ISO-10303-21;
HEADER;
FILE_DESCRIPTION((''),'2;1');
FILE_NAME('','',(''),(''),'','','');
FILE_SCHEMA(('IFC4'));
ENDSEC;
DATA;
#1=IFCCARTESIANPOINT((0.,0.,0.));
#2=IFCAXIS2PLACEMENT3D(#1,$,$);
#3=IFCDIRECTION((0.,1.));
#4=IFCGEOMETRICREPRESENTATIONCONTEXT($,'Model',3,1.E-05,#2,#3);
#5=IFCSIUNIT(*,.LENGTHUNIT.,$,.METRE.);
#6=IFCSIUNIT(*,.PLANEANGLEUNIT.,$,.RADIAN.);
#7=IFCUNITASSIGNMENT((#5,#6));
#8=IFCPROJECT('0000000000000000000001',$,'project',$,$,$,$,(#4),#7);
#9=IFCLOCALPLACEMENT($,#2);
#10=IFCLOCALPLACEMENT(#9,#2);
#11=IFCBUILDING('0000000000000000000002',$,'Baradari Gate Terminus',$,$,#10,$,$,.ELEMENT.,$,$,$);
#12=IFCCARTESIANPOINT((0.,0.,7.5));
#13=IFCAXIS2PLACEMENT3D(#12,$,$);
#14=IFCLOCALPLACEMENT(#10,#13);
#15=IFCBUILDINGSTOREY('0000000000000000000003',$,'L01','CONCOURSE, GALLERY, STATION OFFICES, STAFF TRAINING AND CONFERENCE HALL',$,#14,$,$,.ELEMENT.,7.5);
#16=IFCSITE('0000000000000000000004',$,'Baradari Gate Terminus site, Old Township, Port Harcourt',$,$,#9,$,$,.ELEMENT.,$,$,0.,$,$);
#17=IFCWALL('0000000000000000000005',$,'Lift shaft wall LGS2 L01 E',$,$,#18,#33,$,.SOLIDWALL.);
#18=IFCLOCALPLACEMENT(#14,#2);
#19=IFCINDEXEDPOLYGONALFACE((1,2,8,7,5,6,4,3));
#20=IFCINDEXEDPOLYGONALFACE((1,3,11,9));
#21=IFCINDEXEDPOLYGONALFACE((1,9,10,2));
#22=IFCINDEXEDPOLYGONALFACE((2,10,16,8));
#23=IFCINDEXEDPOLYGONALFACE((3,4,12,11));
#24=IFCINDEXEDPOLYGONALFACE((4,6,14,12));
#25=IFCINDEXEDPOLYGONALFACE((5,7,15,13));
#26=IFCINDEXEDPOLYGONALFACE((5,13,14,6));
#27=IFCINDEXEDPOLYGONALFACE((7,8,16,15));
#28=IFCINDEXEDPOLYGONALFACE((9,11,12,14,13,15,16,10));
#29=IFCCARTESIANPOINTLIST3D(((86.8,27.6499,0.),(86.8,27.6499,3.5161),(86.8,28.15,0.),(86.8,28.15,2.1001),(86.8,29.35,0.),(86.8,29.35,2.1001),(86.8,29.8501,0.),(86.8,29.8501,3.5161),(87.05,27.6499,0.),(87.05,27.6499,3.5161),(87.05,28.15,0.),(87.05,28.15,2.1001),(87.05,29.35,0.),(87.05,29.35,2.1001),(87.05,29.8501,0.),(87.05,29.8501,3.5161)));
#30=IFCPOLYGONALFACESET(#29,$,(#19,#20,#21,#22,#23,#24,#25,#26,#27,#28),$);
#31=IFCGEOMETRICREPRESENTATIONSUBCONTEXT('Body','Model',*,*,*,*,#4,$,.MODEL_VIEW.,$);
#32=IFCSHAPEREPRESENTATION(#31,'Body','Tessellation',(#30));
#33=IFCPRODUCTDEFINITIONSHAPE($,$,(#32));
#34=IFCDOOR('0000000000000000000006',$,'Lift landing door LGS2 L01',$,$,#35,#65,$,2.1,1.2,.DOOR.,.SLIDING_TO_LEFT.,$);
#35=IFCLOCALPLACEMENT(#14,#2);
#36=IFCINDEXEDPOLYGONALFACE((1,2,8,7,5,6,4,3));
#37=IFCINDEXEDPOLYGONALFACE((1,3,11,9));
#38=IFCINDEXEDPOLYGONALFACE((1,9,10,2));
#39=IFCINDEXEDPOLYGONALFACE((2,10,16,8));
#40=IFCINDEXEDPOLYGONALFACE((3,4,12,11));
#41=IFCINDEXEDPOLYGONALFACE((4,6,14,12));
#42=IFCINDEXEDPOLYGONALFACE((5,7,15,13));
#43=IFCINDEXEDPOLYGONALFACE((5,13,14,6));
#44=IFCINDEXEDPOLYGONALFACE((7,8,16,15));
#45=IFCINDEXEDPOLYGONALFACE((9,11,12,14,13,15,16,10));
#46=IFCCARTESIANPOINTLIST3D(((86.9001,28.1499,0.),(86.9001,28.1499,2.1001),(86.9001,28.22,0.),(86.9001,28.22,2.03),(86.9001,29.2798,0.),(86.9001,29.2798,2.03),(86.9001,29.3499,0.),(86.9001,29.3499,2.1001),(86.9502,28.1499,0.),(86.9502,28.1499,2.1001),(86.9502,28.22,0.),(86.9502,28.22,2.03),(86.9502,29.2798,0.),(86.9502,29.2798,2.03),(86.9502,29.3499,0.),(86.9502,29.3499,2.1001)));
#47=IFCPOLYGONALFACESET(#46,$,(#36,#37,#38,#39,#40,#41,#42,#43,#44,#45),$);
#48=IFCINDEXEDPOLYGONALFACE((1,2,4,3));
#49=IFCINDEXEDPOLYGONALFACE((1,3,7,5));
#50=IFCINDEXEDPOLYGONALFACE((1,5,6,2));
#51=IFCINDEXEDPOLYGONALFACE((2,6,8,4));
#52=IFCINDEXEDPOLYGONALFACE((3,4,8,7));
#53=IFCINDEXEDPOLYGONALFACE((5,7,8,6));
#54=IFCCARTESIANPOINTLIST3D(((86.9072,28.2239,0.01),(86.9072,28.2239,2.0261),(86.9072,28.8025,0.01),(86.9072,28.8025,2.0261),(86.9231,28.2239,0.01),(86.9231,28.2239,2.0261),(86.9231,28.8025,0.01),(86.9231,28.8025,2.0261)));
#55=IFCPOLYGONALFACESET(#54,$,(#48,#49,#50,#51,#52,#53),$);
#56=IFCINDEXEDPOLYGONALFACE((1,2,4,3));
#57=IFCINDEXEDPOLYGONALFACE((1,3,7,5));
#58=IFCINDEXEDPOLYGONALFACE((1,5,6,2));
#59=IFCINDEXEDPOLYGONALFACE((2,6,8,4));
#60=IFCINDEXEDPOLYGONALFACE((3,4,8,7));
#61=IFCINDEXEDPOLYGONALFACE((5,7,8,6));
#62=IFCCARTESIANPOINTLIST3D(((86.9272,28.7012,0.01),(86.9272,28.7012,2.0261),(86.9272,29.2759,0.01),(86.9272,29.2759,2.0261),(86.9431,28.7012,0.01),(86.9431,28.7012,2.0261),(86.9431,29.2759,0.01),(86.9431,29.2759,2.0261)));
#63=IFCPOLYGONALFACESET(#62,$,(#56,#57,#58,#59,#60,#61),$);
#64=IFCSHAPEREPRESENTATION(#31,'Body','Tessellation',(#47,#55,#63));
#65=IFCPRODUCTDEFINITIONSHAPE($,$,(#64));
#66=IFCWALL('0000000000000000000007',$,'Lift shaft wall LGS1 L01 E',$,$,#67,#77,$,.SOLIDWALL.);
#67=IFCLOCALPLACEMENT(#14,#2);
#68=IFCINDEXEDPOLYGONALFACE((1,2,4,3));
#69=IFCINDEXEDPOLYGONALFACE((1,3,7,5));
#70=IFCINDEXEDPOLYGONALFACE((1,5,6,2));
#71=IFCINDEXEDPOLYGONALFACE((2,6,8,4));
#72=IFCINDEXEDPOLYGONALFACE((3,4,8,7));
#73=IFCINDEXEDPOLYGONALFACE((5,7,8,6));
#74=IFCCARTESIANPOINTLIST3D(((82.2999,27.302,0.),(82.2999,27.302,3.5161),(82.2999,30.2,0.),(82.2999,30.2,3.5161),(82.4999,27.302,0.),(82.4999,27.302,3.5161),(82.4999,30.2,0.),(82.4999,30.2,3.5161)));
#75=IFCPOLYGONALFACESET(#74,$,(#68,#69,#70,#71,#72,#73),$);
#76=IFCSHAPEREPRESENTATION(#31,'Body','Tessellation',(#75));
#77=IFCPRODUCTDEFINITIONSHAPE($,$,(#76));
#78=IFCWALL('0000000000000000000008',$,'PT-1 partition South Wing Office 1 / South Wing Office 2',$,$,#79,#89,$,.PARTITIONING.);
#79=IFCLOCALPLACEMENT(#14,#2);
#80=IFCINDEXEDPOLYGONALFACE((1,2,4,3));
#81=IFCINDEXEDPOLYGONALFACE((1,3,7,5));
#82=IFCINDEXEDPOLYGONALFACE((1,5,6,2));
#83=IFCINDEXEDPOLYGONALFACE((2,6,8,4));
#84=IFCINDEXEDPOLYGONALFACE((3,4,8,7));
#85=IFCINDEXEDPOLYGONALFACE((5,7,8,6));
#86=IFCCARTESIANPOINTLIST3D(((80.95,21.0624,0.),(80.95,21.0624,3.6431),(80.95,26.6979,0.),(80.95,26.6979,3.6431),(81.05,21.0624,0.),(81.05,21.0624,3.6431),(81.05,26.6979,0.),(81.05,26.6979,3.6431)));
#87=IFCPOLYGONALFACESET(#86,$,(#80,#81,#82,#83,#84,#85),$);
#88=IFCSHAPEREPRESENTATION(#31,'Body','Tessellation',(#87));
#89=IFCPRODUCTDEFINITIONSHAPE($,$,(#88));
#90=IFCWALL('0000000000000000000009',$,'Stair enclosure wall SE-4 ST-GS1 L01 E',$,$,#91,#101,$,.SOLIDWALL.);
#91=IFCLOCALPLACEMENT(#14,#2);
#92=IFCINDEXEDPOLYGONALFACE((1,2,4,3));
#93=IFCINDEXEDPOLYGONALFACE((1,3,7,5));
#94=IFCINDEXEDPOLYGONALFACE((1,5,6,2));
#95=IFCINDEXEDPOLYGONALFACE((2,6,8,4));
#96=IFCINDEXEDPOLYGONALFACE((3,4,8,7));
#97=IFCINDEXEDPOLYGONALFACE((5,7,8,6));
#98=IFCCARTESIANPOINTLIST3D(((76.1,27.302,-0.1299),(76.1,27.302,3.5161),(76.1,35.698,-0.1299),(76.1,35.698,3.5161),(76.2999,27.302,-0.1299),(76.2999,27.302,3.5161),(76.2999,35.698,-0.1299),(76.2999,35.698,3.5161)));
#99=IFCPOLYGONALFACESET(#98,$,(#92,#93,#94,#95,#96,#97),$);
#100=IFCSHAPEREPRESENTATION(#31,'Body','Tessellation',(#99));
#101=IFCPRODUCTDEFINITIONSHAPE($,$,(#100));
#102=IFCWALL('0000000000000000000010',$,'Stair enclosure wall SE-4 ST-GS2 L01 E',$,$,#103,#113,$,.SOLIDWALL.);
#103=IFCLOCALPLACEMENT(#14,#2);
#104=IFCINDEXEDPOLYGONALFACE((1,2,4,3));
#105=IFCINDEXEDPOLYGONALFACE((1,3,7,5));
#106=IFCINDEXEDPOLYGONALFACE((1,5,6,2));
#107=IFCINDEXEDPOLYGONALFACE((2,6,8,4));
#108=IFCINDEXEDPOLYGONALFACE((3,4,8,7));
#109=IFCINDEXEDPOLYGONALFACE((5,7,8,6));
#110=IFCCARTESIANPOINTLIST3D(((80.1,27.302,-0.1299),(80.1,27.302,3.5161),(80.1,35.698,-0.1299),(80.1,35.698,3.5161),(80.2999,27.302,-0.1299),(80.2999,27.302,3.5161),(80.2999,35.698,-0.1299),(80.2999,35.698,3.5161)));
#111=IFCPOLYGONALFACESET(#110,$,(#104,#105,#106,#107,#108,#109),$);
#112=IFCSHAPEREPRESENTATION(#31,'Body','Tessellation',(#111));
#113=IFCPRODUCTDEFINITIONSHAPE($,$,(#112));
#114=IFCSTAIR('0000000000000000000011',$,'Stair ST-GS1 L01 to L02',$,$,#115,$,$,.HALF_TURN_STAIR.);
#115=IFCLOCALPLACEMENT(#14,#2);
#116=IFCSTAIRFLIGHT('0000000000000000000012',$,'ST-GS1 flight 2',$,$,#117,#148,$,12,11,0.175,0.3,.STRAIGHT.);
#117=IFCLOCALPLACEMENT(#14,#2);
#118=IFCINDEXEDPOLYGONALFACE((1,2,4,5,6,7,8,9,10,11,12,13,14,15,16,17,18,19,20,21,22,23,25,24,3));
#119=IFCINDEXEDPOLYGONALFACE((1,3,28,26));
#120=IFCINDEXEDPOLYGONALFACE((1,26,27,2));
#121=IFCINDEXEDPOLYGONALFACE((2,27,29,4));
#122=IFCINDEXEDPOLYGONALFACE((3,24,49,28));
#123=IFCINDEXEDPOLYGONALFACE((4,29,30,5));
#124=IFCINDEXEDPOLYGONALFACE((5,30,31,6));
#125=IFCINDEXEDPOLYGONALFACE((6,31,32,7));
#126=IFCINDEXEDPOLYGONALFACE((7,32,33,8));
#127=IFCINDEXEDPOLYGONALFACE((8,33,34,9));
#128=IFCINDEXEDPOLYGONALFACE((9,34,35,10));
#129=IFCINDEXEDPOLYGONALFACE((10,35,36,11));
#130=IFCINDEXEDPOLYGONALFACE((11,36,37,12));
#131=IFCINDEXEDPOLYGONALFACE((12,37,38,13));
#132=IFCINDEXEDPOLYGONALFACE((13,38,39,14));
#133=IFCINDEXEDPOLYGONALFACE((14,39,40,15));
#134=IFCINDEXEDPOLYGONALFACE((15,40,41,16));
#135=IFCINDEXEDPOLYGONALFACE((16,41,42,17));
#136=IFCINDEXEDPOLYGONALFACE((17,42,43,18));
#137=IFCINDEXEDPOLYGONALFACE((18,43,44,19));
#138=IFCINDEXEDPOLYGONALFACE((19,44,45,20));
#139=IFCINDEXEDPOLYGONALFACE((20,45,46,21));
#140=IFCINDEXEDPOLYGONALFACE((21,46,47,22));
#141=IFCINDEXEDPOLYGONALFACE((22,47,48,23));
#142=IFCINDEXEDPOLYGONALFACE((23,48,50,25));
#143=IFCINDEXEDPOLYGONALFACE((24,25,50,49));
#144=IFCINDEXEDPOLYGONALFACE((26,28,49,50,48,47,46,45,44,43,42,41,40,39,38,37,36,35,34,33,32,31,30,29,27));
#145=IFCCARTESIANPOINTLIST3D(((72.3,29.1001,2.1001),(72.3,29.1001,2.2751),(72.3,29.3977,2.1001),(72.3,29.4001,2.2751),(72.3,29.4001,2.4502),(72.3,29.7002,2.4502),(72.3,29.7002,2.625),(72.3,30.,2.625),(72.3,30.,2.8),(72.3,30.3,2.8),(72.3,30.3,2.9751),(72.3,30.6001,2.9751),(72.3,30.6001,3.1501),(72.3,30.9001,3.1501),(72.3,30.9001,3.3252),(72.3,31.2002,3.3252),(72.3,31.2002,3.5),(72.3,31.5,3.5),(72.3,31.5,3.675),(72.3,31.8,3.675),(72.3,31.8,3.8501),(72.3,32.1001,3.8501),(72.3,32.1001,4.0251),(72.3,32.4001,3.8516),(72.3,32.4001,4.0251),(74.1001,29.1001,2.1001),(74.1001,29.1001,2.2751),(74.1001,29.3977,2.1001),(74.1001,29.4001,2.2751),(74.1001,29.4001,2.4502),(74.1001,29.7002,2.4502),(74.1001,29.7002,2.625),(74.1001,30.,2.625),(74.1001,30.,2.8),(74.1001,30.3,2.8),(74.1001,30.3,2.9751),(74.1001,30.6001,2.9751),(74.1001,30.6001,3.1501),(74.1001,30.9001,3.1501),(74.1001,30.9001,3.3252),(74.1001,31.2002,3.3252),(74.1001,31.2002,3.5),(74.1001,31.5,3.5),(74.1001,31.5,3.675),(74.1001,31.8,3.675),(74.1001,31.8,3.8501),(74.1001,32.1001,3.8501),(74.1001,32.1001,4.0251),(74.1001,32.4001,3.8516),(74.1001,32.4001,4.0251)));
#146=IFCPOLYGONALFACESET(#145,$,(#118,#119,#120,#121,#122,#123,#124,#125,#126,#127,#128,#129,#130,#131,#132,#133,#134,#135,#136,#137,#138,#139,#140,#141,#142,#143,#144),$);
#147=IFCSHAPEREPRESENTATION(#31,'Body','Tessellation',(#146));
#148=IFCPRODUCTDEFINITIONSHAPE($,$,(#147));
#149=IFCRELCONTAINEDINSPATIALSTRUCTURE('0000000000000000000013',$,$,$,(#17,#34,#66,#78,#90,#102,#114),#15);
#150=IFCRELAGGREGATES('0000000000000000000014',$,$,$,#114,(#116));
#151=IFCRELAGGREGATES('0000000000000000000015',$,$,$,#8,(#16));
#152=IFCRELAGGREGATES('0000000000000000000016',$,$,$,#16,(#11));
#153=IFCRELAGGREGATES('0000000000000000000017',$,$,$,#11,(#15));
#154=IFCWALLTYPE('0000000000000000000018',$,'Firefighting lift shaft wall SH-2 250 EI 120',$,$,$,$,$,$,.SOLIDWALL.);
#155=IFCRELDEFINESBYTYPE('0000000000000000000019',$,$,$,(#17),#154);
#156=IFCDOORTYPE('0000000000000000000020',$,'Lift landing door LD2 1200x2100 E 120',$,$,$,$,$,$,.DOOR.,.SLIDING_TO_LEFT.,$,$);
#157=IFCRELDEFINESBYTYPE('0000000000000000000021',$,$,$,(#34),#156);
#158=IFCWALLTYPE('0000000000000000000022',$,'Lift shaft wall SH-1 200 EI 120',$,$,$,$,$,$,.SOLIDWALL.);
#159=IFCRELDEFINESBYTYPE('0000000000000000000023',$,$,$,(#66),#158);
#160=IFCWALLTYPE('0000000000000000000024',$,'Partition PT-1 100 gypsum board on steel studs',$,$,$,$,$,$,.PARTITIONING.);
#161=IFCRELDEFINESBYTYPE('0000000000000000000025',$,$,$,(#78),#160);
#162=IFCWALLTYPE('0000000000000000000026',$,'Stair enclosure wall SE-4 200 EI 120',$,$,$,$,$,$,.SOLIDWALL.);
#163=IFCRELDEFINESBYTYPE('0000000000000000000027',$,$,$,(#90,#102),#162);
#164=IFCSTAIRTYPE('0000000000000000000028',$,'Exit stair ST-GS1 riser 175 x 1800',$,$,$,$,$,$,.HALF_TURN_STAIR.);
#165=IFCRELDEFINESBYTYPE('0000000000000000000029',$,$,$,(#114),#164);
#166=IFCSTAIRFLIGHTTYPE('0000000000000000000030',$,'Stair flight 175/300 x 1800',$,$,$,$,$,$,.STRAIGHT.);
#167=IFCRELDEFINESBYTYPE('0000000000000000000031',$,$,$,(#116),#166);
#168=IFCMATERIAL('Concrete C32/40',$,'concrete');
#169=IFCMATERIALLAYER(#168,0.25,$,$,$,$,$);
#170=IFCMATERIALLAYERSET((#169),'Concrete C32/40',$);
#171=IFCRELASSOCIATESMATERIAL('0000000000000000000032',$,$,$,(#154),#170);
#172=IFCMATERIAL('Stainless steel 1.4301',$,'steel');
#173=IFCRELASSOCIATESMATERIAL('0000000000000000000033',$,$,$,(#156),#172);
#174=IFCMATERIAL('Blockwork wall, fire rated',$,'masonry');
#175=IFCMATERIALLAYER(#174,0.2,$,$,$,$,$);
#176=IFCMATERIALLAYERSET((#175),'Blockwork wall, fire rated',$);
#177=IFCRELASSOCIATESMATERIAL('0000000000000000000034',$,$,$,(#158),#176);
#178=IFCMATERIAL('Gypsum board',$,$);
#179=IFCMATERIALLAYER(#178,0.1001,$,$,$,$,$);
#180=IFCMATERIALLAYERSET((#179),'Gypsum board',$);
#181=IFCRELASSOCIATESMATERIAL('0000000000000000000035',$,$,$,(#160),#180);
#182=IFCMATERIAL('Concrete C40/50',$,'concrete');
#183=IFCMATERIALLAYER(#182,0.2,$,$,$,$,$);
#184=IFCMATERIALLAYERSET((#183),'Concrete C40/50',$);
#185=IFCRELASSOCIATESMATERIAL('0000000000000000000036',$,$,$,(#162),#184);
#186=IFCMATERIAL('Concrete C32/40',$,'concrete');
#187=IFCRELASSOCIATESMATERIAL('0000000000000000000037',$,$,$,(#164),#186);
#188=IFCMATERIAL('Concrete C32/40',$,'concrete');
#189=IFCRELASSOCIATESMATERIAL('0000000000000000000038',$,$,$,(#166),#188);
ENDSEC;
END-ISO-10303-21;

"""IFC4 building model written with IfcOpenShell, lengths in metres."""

from ifc_helpers import new_model, si_unit, direction, frame, frame_2d, origin, place, context, subcontext, project, spatial, polyline, rectangle, outline, extrude, material, layer, layer_set, type_object, element, fill, aggregate, save


model = new_model("IFC4")

# Units and contexts
model_context = context("Model", 3, precision=1e-05, world=origin(), true_north=direction((0.0, 1.0)))
body_context = subcontext(model_context, "Body", "Model", "MODEL_VIEW")
ifc_project = project(units=[si_unit("LENGTHUNIT", "METRE"), si_unit("PLANEANGLEUNIT", "RADIAN")], contexts=[model_context])

# Site, building, storey
site_placement = place(None, origin())
site = spatial("IfcSite", under=ifc_project, at=site_placement, Name="Baradari Gate Terminus site, Old Township, Port Harcourt", CompositionType="ELEMENT", RefElevation=0.0)
building_placement = place(site_placement, origin())
building = spatial("IfcBuilding", under=site, at=building_placement, Name="Baradari Gate Terminus", CompositionType="ELEMENT")
storey_placement = place(building_placement, frame((0.0, 0.0, 7.5)))
storey = spatial("IfcBuildingStorey", under=building, at=storey_placement, Name="L01", Description="CONCOURSE, GALLERY, STATION OFFICES, STAFF TRAINING AND CONFERENCE HALL", CompositionType="ELEMENT", Elevation=7.5)

# Shared definitions
ifc_material_1 = material(Name="Concrete C32/40", Category="concrete")
ifc_layer_1 = layer(ifc_material_1, 0.25)
ifc_layer_set_1 = layer_set([ifc_layer_1], Name="Concrete C32/40")
wall_type_1 = type_object("IfcWallType", Name="Firefighting lift shaft wall SH-2 250 EI 120", PredefinedType="SOLIDWALL", material=ifc_layer_set_1)

# Wall, opening, door
wall_1_placement = place(storey_placement, frame((86.925, 27.6499, 0.0), z_axis=(0.0, 0.0, 1.0), x_axis=(0.0, 1.0, 0.0)))
wall_1 = element("IfcWall", 1, at=wall_1_placement, inside=storey, type_object=wall_type_1, Name="Lift shaft wall LGS2 L01 E", PredefinedType="SOLIDWALL", context=body_context, shape_type="SweptSolid", body=[
    extrude(rectangle(XDim=2.2002, YDim=0.25, at=frame_2d((1.1001, 0.0))), origin(), (0.0, 0.0, 1.0), 3.5161),
])
opening_1_placement = place(wall_1_placement, frame((0.5, 0.0, 0.0)))
opening_1 = element("IfcOpeningElement", 2, at=opening_1_placement, cuts=wall_1, PredefinedType="OPENING", context=body_context, shape_type="SweptSolid", body=[
    extrude(rectangle(XDim=1.2, YDim=2.1001, at=frame_2d((0.6001, 1.05))), frame((0.0, 0.135, 0.0), z_axis=(0.0, -1.0, 0.0), x_axis=(1.0, 0.0, 0.0)), (0.0, 0.0, 1.0), 0.27),
])
ifc_material_2 = material(Name="Stainless steel 1.4301", Category="steel")
door_type_1 = type_object("IfcDoorType", Name="Lift landing door LD2 1200x2100 E 120", OperationType="SLIDING_TO_LEFT", PredefinedType="DOOR", material=ifc_material_2)
door_1_placement = place(opening_1_placement, origin())
door_1 = element("IfcDoor", 3, at=door_1_placement, inside=storey, type_object=door_type_1, Name="Lift landing door LGS2 L01", OperationType="SLIDING_TO_LEFT", OverallHeight=2.1, OverallWidth=1.2, PredefinedType="DOOR", context=body_context, shape_type="SweptSolid", body=[
    extrude(outline(polyline([(0.0, 0.0), (0.0701, 0.0), (0.0701, 2.03), (1.1299, 2.03), (1.1299, 0.0), (1.2, 0.0), (1.2, 2.1001), (0.0, 2.1001), (0.0, 0.0)])), frame((0.0, 0.0249, 0.0), z_axis=(0.0, -1.0, 0.0), x_axis=(1.0, 0.0, 0.0)), (0.0, 0.0, 1.0), 0.05),
    extrude(rectangle(XDim=0.5786, YDim=2.0161, at=frame_2d((0.3633, 1.0181))), frame((0.0, 0.0178, 0.0), z_axis=(0.0, -1.0, 0.0), x_axis=(1.0, 0.0, 0.0)), (0.0, 0.0, 1.0), 0.0159),
    extrude(rectangle(XDim=0.5747, YDim=2.0161, at=frame_2d((0.8386, 1.0181))), frame((0.0, -0.0022, 0.0), z_axis=(0.0, -1.0, 0.0), x_axis=(1.0, 0.0, 0.0)), (0.0, 0.0, 1.0), 0.0159),
])
fill(opening_1, door_1)

# Walls
ifc_material_3 = material(Name="Blockwork wall, fire rated", Category="masonry")
ifc_layer_2 = layer(ifc_material_3, 0.2)
ifc_layer_set_2 = layer_set([ifc_layer_2], Name="Blockwork wall, fire rated")
wall_type_2 = type_object("IfcWallType", Name="Lift shaft wall SH-1 200 EI 120", PredefinedType="SOLIDWALL", material=ifc_layer_set_2)
wall_2_placement = place(storey_placement, frame((82.3999, 27.302, 0.0), z_axis=(0.0, 0.0, 1.0), x_axis=(0.0, 1.0, 0.0)))
element("IfcWall", 4, at=wall_2_placement, inside=storey, type_object=wall_type_2, Name="Lift shaft wall LGS1 L01 E", PredefinedType="SOLIDWALL", context=body_context, shape_type="SweptSolid", body=[
    extrude(rectangle(XDim=2.8979, YDim=0.2, at=frame_2d((1.449, 0.0))), origin(), (0.0, 0.0, 1.0), 3.5161),
])
ifc_material_4 = material(Name="Gypsum board")
ifc_layer_3 = layer(ifc_material_4, 0.1001)
ifc_layer_set_3 = layer_set([ifc_layer_3], Name="Gypsum board")
wall_type_3 = type_object("IfcWallType", Name="Partition PT-1 100 gypsum board on steel studs", PredefinedType="PARTITIONING", material=ifc_layer_set_3)
wall_3_placement = place(storey_placement, frame((81.0, 26.698, 0.0), z_axis=(0.0, 0.0, 1.0), x_axis=(0.0, -1.0, 0.0)))
element("IfcWall", 5, at=wall_3_placement, inside=storey, type_object=wall_type_3, Name="PT-1 partition South Wing Office 1 / South Wing Office 2", PredefinedType="PARTITIONING", context=body_context, shape_type="SweptSolid", body=[
    extrude(rectangle(XDim=5.6355, YDim=0.1001, at=frame_2d((2.8179, 0.0))), origin(), (0.0, 0.0, 1.0), 3.6431),
])
ifc_material_5 = material(Name="Concrete C40/50", Category="concrete")
ifc_layer_4 = layer(ifc_material_5, 0.2)
ifc_layer_set_4 = layer_set([ifc_layer_4], Name="Concrete C40/50")
wall_type_4 = type_object("IfcWallType", Name="Stair enclosure wall SE-4 200 EI 120", PredefinedType="SOLIDWALL", material=ifc_layer_set_4)
for number, where, z_axis, x_axis, name in (
    (6, (76.2, 27.302, -0.1299), (0.0, 0.0, 1.0), (0.0, 1.0, 0.0), "Stair enclosure wall SE-4 ST-GS1 L01 E"),
    (7, (80.2, 27.302, -0.1299), (0.0, 0.0, 1.0), (0.0, 1.0, 0.0), "Stair enclosure wall SE-4 ST-GS2 L01 E"),
):
    element("IfcWall", number, at=place(storey_placement, frame(where, z_axis=z_axis, x_axis=x_axis)), inside=storey, type_object=wall_type_4, Name=name, PredefinedType="SOLIDWALL", context=body_context, shape_type="SweptSolid", body=[
        extrude(rectangle(XDim=8.396, YDim=0.2, at=frame_2d((4.198, 0.0))), origin(), (0.0, 0.0, 1.0), 3.646),
    ])

# Stair, stair flight
ifc_material_6 = material(Name="Concrete C32/40", Category="concrete")
stair_type = type_object("IfcStairType", Name="Exit stair ST-GS1 riser 175 x 1800", PredefinedType="HALF_TURN_STAIR", material=ifc_material_6)
stair_placement = place(storey_placement, origin())
stair = element("IfcStair", 8, at=stair_placement, inside=storey, type_object=stair_type, Name="Stair ST-GS1 L01 to L02", PredefinedType="HALF_TURN_STAIR")
ifc_material_7 = material(Name="Concrete C32/40", Category="concrete")
stair_flight_type = type_object("IfcStairFlightType", Name="Stair flight 175/300 x 1800", PredefinedType="STRAIGHT", material=ifc_material_7)
stair_flight_placement = place(storey_placement, frame((73.2, 29.1001, 2.1001), z_axis=(0.0, 0.0, 1.0), x_axis=(0.0, 1.0, 0.0)))
stair_flight = element("IfcStairFlight", 9, at=stair_flight_placement, type_object=stair_flight_type, Name="ST-GS1 flight 2", NumberOfRisers=12, NumberOfTreads=11, PredefinedType="STRAIGHT", RiserHeight=0.175, TreadLength=0.3, context=body_context, shape_type="SweptSolid", body=[
    extrude(outline(polyline([(0.0, 0.0), (0.0, 0.175), (0.3, 0.175), (0.3, 0.3501), (0.6001, 0.3501), (0.6001, 0.5249), (0.8999, 0.5249), (0.8999, 0.7), (1.2, 0.7), (1.2, 0.875), (1.5, 0.875), (1.5, 1.05), (1.8, 1.05), (1.8, 1.2251), (2.1001, 1.2251), (2.1001, 1.3999), (2.3999, 1.3999), (2.3999, 1.575), (2.7, 1.575), (2.7, 1.75), (3.0, 1.75), (3.0, 1.925), (3.3, 1.925), (3.3, 2.1001), (3.3, 1.7515), (0.2976, 0.0), (0.0, 0.0)])), frame((0.0, 0.8999, 0.0), z_axis=(0.0, -1.0, 0.0), x_axis=(1.0, 0.0, 0.0)), (0.0, 0.0, 1.0), 1.8),
])
aggregate(stair, [stair_flight])

save(model, "model.ifc")
